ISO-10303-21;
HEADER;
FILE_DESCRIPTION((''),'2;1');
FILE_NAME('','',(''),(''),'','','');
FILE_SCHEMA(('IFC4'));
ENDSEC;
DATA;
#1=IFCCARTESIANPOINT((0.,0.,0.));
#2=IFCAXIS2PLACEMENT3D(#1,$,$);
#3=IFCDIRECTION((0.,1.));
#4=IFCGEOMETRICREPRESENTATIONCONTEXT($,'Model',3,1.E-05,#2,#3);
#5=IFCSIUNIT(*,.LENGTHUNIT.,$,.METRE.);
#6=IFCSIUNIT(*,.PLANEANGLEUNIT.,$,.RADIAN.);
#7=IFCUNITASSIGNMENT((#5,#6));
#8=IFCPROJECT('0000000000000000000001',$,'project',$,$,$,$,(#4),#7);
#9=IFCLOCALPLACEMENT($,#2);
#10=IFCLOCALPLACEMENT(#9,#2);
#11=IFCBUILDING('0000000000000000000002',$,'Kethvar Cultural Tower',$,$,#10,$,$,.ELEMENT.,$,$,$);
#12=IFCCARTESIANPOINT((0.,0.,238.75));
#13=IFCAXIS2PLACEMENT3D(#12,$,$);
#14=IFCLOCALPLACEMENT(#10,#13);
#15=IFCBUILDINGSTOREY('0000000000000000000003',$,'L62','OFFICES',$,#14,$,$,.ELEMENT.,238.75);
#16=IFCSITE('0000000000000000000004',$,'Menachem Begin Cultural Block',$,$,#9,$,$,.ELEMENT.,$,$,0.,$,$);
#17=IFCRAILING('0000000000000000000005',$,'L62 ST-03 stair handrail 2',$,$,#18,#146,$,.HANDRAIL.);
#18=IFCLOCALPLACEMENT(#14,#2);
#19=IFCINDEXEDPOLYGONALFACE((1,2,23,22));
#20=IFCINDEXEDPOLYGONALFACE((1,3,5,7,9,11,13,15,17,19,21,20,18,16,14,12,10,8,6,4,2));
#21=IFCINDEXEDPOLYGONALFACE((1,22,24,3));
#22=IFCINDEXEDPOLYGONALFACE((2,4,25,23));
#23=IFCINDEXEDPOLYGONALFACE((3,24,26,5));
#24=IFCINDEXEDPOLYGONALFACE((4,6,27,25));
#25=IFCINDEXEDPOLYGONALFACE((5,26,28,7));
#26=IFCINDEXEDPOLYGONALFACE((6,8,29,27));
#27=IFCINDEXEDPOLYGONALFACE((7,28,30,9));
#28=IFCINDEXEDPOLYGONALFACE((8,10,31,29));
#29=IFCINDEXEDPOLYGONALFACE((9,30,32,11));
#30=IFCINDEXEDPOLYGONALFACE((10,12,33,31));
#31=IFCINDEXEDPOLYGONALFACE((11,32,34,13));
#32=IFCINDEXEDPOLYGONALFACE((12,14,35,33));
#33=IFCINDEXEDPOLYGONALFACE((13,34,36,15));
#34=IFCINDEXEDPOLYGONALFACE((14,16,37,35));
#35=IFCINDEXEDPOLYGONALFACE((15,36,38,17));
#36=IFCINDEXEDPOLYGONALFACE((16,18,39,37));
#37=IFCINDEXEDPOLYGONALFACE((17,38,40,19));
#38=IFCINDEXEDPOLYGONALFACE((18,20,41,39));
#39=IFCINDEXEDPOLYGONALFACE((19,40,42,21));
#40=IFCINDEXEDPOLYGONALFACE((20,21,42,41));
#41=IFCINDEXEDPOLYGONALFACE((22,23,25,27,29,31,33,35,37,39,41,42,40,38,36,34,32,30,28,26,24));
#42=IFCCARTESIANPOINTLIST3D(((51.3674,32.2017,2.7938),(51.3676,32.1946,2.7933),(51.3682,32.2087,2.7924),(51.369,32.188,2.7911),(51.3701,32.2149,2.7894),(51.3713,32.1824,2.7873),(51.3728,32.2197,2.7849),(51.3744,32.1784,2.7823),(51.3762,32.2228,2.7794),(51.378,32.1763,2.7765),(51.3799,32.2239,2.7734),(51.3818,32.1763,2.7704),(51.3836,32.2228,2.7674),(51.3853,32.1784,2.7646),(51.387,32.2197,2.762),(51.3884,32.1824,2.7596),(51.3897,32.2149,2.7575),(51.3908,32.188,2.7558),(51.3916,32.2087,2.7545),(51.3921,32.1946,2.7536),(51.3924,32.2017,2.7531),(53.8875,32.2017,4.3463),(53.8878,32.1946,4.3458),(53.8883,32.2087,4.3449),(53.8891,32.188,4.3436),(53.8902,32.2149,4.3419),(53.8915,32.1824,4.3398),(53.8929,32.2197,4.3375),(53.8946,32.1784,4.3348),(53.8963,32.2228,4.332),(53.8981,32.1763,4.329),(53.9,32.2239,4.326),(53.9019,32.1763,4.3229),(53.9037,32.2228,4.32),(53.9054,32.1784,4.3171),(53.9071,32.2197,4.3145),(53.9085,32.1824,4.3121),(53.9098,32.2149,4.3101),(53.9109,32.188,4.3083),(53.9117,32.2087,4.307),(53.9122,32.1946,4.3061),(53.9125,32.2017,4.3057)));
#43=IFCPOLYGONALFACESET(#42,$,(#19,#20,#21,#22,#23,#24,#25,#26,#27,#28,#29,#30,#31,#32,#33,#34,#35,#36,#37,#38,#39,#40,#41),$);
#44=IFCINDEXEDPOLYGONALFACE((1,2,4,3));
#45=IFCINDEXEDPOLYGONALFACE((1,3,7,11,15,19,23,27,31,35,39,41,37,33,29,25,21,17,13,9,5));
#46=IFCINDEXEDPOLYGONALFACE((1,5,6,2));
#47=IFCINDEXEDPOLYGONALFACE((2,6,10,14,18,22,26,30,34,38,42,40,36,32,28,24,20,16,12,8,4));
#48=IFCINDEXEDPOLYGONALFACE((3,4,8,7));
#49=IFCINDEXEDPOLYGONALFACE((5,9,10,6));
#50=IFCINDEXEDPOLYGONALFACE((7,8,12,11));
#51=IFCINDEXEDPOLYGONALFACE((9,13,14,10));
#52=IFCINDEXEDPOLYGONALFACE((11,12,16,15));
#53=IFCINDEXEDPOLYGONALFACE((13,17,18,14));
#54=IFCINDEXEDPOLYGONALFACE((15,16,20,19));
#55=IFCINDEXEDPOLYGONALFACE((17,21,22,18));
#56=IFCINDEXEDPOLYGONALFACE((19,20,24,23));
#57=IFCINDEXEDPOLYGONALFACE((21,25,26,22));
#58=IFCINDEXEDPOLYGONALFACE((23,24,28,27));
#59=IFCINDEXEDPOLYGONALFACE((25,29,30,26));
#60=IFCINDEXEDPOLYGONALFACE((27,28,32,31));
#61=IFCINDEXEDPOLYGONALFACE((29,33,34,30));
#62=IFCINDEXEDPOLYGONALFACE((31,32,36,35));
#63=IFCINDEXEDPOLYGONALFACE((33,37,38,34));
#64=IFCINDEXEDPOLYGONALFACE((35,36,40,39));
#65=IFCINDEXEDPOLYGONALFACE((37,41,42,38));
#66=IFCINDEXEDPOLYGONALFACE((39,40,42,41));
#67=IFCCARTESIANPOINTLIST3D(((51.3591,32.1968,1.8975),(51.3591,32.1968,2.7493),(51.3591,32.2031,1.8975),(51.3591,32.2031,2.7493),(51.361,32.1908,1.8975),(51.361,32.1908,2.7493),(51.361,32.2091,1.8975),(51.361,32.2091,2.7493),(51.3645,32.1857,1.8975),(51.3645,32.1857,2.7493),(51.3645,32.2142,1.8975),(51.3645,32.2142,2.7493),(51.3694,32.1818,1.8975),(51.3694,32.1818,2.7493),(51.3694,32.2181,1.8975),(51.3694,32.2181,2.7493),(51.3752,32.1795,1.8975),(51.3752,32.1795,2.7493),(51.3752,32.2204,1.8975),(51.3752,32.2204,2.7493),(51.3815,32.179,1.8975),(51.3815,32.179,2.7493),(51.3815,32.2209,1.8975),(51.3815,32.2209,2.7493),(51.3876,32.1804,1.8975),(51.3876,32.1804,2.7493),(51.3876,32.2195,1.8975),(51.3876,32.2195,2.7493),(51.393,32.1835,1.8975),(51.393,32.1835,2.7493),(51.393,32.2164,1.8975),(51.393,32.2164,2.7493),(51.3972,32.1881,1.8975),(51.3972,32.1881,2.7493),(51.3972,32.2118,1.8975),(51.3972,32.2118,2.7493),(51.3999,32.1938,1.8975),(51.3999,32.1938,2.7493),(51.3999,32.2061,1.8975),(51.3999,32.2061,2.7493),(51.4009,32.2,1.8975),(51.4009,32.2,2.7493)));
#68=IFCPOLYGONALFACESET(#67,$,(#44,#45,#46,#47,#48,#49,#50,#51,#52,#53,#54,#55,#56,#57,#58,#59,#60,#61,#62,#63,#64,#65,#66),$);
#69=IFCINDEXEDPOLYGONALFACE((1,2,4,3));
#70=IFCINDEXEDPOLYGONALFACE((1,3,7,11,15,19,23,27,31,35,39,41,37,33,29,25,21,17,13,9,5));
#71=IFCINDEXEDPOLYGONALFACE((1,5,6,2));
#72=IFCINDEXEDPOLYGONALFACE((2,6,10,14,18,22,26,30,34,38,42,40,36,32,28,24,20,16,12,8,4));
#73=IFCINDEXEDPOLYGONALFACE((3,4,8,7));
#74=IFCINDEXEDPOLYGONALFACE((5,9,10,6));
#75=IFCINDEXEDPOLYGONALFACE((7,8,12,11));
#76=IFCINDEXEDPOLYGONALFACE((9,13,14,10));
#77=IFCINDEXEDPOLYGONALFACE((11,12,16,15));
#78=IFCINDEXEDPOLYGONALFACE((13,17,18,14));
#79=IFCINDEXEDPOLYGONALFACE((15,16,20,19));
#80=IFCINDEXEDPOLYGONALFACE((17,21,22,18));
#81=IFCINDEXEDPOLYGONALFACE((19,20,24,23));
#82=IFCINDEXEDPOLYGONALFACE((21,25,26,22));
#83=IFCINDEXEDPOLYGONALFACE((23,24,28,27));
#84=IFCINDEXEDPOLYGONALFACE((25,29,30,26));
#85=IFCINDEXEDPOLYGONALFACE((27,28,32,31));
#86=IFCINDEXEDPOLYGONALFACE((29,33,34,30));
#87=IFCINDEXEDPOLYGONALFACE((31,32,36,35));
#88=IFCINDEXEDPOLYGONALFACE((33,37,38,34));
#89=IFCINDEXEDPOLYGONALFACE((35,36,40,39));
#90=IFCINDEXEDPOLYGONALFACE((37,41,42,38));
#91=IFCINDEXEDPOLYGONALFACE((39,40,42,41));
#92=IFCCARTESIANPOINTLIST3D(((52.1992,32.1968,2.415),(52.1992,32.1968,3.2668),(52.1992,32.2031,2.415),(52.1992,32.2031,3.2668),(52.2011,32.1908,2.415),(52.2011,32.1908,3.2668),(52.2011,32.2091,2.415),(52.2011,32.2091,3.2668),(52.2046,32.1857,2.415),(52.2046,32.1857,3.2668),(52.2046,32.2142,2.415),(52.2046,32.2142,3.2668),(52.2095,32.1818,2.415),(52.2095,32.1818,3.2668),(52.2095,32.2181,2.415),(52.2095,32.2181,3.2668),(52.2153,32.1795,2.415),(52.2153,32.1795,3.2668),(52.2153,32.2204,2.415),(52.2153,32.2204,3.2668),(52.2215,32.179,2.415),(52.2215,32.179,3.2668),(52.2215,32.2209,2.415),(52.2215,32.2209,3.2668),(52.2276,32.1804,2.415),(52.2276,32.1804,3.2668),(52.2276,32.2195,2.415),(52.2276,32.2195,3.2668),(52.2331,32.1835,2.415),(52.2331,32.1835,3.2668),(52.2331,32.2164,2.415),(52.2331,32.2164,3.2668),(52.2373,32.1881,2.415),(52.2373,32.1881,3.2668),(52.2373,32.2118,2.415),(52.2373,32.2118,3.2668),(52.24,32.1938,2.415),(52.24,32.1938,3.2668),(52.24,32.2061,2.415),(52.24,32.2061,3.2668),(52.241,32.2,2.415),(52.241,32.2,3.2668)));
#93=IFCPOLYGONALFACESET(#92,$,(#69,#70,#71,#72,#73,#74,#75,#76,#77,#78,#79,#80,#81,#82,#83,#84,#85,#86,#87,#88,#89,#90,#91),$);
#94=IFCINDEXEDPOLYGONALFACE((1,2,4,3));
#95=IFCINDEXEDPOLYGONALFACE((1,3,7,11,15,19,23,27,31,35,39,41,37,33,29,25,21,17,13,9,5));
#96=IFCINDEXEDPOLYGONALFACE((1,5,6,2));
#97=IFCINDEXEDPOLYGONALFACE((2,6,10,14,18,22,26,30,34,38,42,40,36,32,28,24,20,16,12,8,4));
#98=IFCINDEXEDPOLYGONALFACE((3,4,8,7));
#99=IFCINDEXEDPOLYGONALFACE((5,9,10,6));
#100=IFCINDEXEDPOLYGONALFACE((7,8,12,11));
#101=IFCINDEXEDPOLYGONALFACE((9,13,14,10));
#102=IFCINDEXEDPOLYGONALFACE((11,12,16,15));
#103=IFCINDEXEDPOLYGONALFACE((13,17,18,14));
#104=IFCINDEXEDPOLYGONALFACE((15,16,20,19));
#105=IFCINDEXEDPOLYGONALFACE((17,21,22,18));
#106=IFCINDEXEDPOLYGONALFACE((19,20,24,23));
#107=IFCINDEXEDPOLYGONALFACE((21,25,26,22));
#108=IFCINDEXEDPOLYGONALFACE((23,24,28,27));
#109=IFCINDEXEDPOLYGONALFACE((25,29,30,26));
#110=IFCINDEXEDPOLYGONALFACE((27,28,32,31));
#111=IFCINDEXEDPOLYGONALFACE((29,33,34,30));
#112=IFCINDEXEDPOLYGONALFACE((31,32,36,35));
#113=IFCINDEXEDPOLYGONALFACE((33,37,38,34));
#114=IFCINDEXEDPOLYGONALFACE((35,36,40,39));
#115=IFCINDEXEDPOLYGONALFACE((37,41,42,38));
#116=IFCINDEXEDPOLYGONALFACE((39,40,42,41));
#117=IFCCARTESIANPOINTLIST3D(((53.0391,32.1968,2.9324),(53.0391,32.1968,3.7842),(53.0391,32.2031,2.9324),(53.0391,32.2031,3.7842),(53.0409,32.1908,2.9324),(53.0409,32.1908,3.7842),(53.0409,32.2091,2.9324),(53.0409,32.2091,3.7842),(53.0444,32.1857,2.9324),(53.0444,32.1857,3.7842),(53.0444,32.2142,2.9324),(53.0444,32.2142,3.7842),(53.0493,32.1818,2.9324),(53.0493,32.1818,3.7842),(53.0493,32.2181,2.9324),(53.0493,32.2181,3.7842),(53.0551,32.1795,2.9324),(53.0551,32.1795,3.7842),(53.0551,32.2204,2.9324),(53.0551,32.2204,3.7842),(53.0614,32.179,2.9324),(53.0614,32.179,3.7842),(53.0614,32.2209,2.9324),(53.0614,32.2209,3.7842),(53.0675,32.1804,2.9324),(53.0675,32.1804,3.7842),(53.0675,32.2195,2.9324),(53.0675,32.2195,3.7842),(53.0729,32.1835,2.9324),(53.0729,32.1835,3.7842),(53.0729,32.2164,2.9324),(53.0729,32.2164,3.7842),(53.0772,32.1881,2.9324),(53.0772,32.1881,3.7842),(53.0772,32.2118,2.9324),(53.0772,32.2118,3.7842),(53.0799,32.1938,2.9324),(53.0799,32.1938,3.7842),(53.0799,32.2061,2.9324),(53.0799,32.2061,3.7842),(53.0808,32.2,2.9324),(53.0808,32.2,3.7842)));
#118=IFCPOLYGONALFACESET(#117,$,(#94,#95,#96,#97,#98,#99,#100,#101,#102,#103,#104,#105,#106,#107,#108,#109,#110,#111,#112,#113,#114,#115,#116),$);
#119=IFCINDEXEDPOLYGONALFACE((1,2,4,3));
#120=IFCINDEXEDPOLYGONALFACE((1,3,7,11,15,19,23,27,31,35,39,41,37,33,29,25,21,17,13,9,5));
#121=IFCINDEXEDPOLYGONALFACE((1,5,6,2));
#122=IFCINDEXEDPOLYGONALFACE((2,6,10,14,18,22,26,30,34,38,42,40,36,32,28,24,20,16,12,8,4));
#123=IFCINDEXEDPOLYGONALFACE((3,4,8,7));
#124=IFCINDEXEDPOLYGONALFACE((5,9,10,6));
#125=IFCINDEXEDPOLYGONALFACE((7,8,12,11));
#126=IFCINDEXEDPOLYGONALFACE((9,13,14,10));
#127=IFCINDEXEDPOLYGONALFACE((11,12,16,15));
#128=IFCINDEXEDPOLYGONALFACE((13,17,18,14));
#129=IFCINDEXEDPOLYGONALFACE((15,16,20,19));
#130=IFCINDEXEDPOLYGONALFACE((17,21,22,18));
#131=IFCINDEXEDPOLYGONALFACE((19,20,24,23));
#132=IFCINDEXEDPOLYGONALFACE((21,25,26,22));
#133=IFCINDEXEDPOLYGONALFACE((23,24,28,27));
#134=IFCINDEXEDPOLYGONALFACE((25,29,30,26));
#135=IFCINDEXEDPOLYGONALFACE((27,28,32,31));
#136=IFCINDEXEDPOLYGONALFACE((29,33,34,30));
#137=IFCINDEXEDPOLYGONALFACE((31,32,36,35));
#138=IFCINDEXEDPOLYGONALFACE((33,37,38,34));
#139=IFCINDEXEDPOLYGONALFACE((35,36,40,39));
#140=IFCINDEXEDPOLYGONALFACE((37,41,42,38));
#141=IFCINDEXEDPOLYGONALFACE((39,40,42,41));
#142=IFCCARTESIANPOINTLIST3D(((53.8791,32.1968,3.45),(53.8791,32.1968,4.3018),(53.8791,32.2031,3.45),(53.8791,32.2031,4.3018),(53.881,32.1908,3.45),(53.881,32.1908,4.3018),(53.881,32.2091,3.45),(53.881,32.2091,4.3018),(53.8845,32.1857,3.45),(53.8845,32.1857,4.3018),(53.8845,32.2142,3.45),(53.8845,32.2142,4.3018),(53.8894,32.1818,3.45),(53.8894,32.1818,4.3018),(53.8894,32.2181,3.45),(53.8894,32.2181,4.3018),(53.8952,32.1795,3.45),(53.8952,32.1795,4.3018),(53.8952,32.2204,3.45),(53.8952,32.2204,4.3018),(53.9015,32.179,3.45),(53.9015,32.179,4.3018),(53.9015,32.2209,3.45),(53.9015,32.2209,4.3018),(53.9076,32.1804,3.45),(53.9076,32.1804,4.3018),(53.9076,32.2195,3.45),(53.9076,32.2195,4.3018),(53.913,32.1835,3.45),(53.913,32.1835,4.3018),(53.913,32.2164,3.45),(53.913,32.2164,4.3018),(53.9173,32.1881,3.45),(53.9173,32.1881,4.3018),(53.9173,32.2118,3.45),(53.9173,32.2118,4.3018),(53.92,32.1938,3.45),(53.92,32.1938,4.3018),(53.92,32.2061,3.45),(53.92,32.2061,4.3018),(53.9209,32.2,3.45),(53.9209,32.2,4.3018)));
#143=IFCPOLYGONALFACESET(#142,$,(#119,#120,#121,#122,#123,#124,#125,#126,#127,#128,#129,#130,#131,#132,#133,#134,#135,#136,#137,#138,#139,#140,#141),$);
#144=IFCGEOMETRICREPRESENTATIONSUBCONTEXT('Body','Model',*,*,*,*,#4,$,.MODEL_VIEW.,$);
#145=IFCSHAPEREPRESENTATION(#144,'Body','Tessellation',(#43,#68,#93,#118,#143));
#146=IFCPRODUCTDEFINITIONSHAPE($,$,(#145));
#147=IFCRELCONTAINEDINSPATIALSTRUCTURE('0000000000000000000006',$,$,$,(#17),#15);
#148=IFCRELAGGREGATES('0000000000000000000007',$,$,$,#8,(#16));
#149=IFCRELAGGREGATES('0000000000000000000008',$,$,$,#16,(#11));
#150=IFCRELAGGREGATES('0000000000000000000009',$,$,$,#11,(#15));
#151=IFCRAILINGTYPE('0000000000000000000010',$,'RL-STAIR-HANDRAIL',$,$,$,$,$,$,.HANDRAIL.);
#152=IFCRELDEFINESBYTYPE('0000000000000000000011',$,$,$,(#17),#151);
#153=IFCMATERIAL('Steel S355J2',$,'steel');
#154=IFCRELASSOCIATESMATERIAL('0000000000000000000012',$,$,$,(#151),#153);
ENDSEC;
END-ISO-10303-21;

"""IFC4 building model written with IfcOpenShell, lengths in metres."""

from ifc_helpers import new_model, si_unit, direction, frame, origin, origin_2d, place, context, subcontext, project, spatial, circle, extrude, material, type_object, element, save


model = new_model("IFC4")

# Units and contexts
model_context = context("Model", 3, precision=1e-05, world=origin(), true_north=direction((0.0, 1.0)))
body_context = subcontext(model_context, "Body", "Model", "MODEL_VIEW")
ifc_project = project(units=[si_unit("LENGTHUNIT", "METRE"), si_unit("PLANEANGLEUNIT", "RADIAN")], contexts=[model_context])

# Site, building, storey
site_placement = place(None, origin())
site = spatial("IfcSite", under=ifc_project, at=site_placement, Name="Menachem Begin Cultural Block", CompositionType="ELEMENT", RefElevation=0.0)
building_placement = place(site_placement, origin())
building = spatial("IfcBuilding", under=site, at=building_placement, Name="Kethvar Cultural Tower", CompositionType="ELEMENT")
storey_placement = place(building_placement, frame((0.0, 0.0, 238.75)))
storey = spatial("IfcBuildingStorey", under=building, at=storey_placement, Name="L62", Description="OFFICES", CompositionType="ELEMENT", Elevation=238.75)

# Shared definitions
ifc_material_1 = material(Name="Steel S355J2", Category="steel")

# Railing
railing_type_1 = type_object("IfcRailingType", Name="RL-STAIR-HANDRAIL", PredefinedType="HANDRAIL", material=ifc_material_1)
railing_1_placement = place(storey_placement, frame((51.3799, 32.2, 1.8975)))
element("IfcRailing", 1, at=railing_1_placement, inside=storey, type_object=railing_type_1, Name="L62 ST-03 stair handrail 2", PredefinedType="HANDRAIL", context=body_context, shape_type="SweptSolid", body=[
    extrude(circle(Radius=0.0239, at=origin_2d()), frame((0.0, 0.0, 0.876), z_axis=(0.8514, 0.0, 0.524516), x_axis=(0.0, 1.0, 0.0)), (0.0, 0.0, 1.0), 2.96),
    extrude(circle(Radius=0.021, at=origin_2d()), origin(), (0.0, 0.0, 1.0), 0.8518),
    extrude(circle(Radius=0.021, at=origin_2d()), frame((0.8401, 0.0, 0.5176)), (0.0, 0.0, 1.0), 0.8518),
    extrude(circle(Radius=0.021, at=origin_2d()), frame((1.6799, 0.0, 1.0349)), (0.0, 0.0, 1.0), 0.8518),
    extrude(circle(Radius=0.021, at=origin_2d()), frame((2.52, 0.0, 1.5525)), (0.0, 0.0, 1.0), 0.8518),
])

save(model, "model.ifc")
